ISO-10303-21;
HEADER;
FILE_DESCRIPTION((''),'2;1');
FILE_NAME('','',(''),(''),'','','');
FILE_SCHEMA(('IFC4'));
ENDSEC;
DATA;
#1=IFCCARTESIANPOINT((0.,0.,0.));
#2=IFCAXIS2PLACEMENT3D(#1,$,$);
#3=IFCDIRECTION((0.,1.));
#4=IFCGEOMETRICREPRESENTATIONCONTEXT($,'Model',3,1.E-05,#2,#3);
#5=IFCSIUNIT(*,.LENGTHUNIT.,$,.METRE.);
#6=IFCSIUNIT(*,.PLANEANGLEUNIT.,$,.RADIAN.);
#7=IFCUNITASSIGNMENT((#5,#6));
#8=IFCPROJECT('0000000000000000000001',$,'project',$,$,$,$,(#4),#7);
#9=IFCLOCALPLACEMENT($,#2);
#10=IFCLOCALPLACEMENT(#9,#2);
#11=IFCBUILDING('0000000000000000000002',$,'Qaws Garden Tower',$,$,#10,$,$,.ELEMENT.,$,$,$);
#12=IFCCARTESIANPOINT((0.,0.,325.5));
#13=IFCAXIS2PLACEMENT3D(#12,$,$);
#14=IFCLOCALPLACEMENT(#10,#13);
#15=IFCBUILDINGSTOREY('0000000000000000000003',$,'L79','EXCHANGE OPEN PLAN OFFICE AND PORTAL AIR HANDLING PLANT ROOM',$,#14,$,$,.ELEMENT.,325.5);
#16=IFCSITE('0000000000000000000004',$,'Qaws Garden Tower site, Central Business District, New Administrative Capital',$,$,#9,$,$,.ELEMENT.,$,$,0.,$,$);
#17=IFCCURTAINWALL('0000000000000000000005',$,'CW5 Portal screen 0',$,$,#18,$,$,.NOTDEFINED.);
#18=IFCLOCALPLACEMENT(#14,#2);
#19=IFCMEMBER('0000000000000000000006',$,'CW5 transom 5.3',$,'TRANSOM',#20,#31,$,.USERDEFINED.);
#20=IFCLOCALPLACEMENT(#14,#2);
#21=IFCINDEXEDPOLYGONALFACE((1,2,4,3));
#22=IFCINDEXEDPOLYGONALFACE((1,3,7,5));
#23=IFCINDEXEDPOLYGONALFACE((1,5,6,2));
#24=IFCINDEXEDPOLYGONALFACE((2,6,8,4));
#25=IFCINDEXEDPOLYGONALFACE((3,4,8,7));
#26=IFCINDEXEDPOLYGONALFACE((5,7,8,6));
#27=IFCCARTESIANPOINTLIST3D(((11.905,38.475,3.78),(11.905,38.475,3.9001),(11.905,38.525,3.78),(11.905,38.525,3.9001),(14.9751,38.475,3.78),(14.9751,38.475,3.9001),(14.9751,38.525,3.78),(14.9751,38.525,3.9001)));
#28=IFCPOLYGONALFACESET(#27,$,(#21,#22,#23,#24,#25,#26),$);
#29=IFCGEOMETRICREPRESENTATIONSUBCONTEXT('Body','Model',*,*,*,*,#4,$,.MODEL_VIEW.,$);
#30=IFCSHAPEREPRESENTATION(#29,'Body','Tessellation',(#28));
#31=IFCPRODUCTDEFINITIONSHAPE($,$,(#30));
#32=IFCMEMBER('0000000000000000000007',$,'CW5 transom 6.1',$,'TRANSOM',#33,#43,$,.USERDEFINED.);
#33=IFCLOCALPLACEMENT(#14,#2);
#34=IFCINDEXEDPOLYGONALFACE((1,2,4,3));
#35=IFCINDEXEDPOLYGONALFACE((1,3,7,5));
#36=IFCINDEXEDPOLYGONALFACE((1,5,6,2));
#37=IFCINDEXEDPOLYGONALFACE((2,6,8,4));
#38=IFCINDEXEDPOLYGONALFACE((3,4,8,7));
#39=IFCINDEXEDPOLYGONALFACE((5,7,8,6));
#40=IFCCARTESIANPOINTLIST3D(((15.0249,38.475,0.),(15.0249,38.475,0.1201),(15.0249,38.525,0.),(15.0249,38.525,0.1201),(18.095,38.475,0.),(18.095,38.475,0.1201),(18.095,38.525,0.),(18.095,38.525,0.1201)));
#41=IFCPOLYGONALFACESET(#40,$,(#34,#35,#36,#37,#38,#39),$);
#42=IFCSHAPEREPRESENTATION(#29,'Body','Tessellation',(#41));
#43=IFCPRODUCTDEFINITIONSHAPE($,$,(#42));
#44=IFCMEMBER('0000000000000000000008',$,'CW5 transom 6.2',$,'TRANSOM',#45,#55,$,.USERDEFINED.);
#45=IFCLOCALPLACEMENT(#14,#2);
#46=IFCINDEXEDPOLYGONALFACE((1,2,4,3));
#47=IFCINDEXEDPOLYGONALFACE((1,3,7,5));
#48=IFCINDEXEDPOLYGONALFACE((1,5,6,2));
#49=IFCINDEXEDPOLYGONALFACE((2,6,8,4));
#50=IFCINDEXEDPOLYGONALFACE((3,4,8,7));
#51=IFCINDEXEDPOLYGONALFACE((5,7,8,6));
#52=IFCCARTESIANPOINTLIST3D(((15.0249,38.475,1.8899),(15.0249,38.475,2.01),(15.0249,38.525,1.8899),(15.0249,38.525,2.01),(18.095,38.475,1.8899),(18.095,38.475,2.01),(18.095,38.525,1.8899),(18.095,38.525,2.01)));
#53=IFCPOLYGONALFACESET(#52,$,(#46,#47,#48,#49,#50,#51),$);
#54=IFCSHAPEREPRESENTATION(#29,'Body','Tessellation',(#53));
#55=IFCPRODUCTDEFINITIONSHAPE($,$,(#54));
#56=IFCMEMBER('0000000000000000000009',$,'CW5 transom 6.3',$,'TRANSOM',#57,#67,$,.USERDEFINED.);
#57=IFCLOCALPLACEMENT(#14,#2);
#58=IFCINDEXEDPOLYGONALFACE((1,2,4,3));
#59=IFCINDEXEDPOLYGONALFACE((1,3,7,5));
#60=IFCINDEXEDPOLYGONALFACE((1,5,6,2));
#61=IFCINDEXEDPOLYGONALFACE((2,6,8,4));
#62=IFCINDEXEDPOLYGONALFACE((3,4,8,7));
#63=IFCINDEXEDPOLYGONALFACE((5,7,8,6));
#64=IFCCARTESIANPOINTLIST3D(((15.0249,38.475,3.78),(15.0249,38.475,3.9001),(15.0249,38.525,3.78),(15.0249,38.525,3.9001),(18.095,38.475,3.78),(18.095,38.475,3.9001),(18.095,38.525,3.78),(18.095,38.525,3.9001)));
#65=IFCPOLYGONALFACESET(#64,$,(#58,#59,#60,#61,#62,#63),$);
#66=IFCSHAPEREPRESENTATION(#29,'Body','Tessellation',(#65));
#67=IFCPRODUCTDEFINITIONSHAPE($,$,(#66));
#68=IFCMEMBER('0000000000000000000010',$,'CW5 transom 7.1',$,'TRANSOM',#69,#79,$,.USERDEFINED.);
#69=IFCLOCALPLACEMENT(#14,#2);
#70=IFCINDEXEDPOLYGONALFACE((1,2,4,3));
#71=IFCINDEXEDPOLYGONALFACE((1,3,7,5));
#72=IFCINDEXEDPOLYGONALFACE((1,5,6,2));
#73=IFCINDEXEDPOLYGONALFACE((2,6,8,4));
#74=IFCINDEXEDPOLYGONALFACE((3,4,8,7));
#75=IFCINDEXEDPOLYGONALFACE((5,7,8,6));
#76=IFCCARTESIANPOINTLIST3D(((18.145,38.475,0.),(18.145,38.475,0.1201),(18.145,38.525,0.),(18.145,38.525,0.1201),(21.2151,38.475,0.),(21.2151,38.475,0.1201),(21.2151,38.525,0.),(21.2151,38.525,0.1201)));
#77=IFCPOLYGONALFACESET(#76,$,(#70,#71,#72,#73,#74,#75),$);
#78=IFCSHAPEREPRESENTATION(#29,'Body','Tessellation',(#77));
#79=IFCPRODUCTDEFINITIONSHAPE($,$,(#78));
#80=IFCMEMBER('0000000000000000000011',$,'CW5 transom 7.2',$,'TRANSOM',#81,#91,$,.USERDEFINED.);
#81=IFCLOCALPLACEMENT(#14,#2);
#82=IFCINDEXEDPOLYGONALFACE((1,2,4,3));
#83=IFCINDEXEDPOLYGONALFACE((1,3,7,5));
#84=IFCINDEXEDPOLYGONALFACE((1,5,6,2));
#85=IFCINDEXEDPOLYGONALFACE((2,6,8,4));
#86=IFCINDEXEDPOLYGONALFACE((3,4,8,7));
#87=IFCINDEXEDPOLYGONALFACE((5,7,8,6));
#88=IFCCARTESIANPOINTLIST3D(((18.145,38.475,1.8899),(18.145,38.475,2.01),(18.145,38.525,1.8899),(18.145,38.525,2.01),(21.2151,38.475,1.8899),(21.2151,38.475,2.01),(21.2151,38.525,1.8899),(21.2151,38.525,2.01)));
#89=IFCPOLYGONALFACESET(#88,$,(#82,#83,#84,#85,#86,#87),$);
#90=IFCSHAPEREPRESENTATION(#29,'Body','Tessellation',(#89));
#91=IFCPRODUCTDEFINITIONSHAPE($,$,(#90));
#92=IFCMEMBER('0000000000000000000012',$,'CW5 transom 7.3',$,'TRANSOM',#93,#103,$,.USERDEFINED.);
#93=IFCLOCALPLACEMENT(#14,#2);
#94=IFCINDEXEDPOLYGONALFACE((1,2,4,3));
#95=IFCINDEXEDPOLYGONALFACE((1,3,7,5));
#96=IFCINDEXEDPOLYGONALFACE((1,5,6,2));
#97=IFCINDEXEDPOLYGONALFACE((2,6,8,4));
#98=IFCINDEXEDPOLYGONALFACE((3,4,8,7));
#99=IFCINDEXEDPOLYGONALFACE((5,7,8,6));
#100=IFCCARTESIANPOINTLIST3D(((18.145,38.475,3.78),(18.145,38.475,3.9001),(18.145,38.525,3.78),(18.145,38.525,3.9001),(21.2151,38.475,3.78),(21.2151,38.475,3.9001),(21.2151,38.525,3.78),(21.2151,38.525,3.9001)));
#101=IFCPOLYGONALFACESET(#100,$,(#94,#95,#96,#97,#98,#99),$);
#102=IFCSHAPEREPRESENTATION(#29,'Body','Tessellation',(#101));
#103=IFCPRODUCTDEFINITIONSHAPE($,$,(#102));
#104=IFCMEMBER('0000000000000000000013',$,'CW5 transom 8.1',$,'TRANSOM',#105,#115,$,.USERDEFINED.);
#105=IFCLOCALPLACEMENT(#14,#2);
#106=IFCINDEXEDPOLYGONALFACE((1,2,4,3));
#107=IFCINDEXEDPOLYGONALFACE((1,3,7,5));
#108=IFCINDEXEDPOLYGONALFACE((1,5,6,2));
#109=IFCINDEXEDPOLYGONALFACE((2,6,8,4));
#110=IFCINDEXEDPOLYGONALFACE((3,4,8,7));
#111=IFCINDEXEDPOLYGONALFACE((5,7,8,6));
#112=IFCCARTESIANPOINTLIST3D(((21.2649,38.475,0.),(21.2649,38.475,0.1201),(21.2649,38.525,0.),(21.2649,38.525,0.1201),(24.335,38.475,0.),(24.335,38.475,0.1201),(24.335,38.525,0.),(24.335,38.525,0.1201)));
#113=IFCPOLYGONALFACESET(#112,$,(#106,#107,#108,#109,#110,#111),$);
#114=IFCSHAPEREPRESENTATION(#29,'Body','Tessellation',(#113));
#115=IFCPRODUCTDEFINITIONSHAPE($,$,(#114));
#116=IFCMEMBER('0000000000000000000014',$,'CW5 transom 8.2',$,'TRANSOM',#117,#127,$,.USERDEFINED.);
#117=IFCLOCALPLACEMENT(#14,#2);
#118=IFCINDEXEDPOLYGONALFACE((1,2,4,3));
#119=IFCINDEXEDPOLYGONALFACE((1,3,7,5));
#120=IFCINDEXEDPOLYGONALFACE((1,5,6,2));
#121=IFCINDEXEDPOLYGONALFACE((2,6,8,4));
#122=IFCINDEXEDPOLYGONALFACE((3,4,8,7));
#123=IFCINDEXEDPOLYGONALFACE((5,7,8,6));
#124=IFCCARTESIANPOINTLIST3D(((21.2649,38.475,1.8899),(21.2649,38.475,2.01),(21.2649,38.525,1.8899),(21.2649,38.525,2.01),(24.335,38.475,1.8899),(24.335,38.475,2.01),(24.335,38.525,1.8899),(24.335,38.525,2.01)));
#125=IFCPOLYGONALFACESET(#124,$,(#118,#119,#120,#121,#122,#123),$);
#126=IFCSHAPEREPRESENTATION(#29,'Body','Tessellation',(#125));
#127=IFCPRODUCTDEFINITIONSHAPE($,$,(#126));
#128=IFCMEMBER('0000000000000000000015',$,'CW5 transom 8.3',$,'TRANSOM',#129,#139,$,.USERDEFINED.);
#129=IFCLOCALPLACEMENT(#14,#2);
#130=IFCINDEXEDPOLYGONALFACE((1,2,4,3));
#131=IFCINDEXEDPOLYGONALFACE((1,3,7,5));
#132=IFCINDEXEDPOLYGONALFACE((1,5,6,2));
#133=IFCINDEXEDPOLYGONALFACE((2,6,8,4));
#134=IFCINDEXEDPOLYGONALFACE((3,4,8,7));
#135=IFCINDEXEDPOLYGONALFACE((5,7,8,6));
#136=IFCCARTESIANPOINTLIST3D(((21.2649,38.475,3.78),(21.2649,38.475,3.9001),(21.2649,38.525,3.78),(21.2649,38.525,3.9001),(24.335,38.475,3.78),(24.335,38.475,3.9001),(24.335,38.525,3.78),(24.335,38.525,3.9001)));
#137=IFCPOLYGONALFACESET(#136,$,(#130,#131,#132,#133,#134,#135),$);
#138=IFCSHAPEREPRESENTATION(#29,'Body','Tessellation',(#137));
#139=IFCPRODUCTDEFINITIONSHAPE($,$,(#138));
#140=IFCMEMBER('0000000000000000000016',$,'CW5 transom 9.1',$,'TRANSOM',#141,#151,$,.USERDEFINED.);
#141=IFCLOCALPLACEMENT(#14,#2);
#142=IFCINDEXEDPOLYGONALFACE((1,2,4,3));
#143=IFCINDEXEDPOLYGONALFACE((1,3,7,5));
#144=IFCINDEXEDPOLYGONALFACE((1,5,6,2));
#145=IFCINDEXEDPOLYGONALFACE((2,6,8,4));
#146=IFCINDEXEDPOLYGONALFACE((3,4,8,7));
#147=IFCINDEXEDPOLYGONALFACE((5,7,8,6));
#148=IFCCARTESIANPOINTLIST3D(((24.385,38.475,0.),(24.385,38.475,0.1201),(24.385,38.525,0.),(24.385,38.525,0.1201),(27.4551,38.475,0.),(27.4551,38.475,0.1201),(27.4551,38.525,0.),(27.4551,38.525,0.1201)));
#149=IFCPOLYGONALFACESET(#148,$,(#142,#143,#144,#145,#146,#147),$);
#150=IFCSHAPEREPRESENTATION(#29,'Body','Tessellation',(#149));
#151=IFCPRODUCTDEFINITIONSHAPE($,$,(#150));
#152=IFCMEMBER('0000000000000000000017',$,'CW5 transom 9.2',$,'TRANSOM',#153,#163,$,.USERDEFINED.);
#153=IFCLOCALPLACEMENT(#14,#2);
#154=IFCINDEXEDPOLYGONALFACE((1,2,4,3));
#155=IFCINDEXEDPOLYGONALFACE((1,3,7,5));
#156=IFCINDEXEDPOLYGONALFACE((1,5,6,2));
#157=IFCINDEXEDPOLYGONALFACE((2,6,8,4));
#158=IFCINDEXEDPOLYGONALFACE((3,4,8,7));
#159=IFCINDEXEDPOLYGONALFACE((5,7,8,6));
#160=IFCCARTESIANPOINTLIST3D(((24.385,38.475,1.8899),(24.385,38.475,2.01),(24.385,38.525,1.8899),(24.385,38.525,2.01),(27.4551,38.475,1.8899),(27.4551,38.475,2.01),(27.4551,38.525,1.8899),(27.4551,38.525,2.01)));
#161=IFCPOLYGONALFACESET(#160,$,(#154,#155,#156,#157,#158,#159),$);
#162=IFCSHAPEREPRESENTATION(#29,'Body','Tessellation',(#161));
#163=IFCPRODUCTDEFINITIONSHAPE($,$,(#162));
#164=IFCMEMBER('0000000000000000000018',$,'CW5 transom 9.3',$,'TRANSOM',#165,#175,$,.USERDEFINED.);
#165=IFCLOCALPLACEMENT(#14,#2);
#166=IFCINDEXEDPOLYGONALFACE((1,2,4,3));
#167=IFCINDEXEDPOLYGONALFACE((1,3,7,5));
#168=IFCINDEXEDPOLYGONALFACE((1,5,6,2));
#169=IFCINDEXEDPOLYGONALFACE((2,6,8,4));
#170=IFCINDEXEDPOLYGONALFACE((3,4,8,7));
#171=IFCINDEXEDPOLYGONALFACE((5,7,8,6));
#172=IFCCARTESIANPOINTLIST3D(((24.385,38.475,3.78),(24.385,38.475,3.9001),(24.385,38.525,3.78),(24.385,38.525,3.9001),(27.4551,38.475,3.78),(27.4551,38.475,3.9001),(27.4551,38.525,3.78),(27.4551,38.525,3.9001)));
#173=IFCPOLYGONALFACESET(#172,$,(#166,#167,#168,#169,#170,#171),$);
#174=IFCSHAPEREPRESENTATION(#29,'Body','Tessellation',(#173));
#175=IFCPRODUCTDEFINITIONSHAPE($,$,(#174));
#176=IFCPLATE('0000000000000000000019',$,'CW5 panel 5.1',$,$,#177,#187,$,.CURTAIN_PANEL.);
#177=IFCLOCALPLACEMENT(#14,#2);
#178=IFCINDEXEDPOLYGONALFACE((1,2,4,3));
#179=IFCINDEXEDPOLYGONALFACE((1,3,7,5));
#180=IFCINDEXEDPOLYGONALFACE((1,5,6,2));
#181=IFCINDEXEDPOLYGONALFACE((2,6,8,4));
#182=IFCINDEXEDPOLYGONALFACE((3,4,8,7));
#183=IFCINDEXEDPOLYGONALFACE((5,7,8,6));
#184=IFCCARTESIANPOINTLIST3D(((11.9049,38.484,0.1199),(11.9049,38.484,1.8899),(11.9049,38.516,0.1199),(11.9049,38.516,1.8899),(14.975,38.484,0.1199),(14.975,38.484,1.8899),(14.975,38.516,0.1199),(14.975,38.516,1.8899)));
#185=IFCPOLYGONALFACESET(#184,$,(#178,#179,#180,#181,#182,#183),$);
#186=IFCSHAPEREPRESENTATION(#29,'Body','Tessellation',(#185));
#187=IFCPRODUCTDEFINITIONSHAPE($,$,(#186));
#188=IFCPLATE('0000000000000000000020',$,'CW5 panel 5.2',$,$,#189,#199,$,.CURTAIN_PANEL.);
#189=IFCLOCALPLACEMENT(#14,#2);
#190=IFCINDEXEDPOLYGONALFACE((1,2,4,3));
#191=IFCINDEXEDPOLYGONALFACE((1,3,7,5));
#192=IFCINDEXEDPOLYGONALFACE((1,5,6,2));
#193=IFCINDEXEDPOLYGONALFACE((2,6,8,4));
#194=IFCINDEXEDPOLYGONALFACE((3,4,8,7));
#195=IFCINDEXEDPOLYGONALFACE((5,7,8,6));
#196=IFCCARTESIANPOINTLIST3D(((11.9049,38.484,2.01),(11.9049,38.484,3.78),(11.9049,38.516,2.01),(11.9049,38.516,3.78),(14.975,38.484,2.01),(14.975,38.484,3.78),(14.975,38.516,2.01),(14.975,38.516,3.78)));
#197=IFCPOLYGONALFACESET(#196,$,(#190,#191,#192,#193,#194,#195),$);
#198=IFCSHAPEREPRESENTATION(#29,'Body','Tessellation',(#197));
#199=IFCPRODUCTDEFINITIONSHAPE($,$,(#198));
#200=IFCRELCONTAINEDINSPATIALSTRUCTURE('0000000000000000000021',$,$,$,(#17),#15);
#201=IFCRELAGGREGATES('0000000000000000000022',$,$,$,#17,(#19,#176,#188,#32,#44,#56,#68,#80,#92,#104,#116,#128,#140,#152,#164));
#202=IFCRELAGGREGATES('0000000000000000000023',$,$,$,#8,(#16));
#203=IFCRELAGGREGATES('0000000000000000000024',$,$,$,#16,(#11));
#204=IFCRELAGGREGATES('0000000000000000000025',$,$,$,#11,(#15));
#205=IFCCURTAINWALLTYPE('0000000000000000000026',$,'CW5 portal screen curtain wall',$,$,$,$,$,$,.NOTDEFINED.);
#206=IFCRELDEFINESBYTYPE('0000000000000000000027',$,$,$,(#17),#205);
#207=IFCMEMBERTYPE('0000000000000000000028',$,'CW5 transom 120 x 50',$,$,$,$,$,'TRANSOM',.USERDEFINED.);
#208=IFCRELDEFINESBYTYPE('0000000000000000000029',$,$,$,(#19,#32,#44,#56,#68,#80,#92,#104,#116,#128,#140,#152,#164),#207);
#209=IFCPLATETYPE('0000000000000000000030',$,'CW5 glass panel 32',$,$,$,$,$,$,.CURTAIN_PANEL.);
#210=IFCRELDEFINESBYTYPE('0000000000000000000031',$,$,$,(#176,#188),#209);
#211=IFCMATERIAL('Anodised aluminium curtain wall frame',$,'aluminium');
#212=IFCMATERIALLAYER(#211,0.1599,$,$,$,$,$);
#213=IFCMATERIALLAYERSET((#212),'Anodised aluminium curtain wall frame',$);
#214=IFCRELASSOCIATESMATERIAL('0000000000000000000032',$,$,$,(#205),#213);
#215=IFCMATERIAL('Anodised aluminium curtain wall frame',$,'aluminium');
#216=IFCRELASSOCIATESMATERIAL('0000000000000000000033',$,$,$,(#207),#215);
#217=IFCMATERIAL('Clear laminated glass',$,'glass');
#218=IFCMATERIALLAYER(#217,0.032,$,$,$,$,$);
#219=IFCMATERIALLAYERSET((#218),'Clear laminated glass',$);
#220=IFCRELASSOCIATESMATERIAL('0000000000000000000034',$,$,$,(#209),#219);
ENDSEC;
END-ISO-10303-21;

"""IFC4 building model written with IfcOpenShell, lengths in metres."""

from ifc_helpers import new_model, si_unit, direction, frame, origin, origin_2d, place, context, subcontext, project, spatial, rectangle, extrude, material, layer, layer_set, material_profile, profile_set, type_object, element, aggregate, save


model = new_model("IFC4")

# Units and contexts
model_context = context("Model", 3, precision=1e-05, world=origin(), true_north=direction((0.0, 1.0)))
body_context = subcontext(model_context, "Body", "Model", "MODEL_VIEW")
ifc_project = project(units=[si_unit("LENGTHUNIT", "METRE"), si_unit("PLANEANGLEUNIT", "RADIAN")], contexts=[model_context])

# Site, building, storey
site_placement = place(None, origin())
site = spatial("IfcSite", under=ifc_project, at=site_placement, Name="Qaws Garden Tower site, Central Business District, New Administrative Capital", CompositionType="ELEMENT", RefElevation=0.0)
building_placement = place(site_placement, origin())
building = spatial("IfcBuilding", under=site, at=building_placement, Name="Qaws Garden Tower", CompositionType="ELEMENT")
storey_placement = place(building_placement, frame((0.0, 0.0, 325.5)))
storey = spatial("IfcBuildingStorey", under=building, at=storey_placement, Name="L79", Description="EXCHANGE OPEN PLAN OFFICE AND PORTAL AIR HANDLING PLANT ROOM", CompositionType="ELEMENT", Elevation=325.5)

# Curtain wall, members, plates
ifc_material_1 = material(Name="Anodised aluminium curtain wall frame", Category="aluminium")
ifc_layer_1 = layer(ifc_material_1, 0.1599)
ifc_layer_set_1 = layer_set([ifc_layer_1], Name="Anodised aluminium curtain wall frame")
curtain_wall_type = type_object("IfcCurtainWallType", Name="CW5 portal screen curtain wall", PredefinedType="NOTDEFINED", material=ifc_layer_set_1)
curtain_wall_placement = place(storey_placement, origin())
curtain_wall = element("IfcCurtainWall", 1, at=curtain_wall_placement, inside=storey, type_object=curtain_wall_type, Name="CW5 Portal screen 0", PredefinedType="NOTDEFINED")
ifc_material_2 = material(Name="Anodised aluminium curtain wall frame", Category="aluminium")
ifc_material_profile = material_profile(ifc_material_2, rectangle(XDim=0.05, YDim=0.1201, at=origin_2d()), Name="AL 50x120")
ifc_profile_set = profile_set([ifc_material_profile], Name="Anodised aluminium curtain wall frame")
member_type = type_object("IfcMemberType", Name="CW5 transom 120 x 50", ElementType="TRANSOM", PredefinedType="USERDEFINED", material=ifc_profile_set)
member_1_placement = place(storey_placement, frame((11.905, 38.5, 3.8401), z_axis=(1.0, 0.0, 0.0), x_axis=(0.0, 1.0, 0.0)))
member_1 = element("IfcMember", 2, at=member_1_placement, type_object=member_type, Name="CW5 transom 5.3", ObjectType="TRANSOM", PredefinedType="USERDEFINED", context=body_context, shape_type="SweptSolid", body=[
    extrude(rectangle(XDim=0.05, YDim=0.1201, at=origin_2d()), origin(), (0.0, 0.0, 1.0), 3.0701),
])
member_2_placement = place(storey_placement, frame((15.0249, 38.5, 0.0601), z_axis=(1.0, 0.0, 0.0), x_axis=(0.0, 1.0, 0.0)))
member_2 = element("IfcMember", 3, at=member_2_placement, type_object=member_type, Name="CW5 transom 6.1", ObjectType="TRANSOM", PredefinedType="USERDEFINED", context=body_context, shape_type="SweptSolid", body=[
    extrude(rectangle(XDim=0.05, YDim=0.1201, at=origin_2d()), origin(), (0.0, 0.0, 1.0), 3.0701),
])
member_3_placement = place(storey_placement, frame((15.0249, 38.5, 1.95), z_axis=(1.0, 0.0, 0.0), x_axis=(0.0, 1.0, 0.0)))
member_3 = element("IfcMember", 4, at=member_3_placement, type_object=member_type, Name="CW5 transom 6.2", ObjectType="TRANSOM", PredefinedType="USERDEFINED", context=body_context, shape_type="SweptSolid", body=[
    extrude(rectangle(XDim=0.05, YDim=0.1201, at=origin_2d()), origin(), (0.0, 0.0, 1.0), 3.0701),
])
member_4_placement = place(storey_placement, frame((15.0249, 38.5, 3.8401), z_axis=(1.0, 0.0, 0.0), x_axis=(0.0, 1.0, 0.0)))
member_4 = element("IfcMember", 5, at=member_4_placement, type_object=member_type, Name="CW5 transom 6.3", ObjectType="TRANSOM", PredefinedType="USERDEFINED", context=body_context, shape_type="SweptSolid", body=[
    extrude(rectangle(XDim=0.05, YDim=0.1201, at=origin_2d()), origin(), (0.0, 0.0, 1.0), 3.0701),
])
member_5_placement = place(storey_placement, frame((18.145, 38.5, 0.0601), z_axis=(1.0, 0.0, 0.0), x_axis=(0.0, 1.0, 0.0)))
member_5 = element("IfcMember", 6, at=member_5_placement, type_object=member_type, Name="CW5 transom 7.1", ObjectType="TRANSOM", PredefinedType="USERDEFINED", context=body_context, shape_type="SweptSolid", body=[
    extrude(rectangle(XDim=0.05, YDim=0.1201, at=origin_2d()), origin(), (0.0, 0.0, 1.0), 3.0701),
])
member_6_placement = place(storey_placement, frame((18.145, 38.5, 1.95), z_axis=(1.0, 0.0, 0.0), x_axis=(0.0, 1.0, 0.0)))
member_6 = element("IfcMember", 7, at=member_6_placement, type_object=member_type, Name="CW5 transom 7.2", ObjectType="TRANSOM", PredefinedType="USERDEFINED", context=body_context, shape_type="SweptSolid", body=[
    extrude(rectangle(XDim=0.05, YDim=0.1201, at=origin_2d()), origin(), (0.0, 0.0, 1.0), 3.0701),
])
member_7_placement = place(storey_placement, frame((18.145, 38.5, 3.8401), z_axis=(1.0, 0.0, 0.0), x_axis=(0.0, 1.0, 0.0)))
member_7 = element("IfcMember", 8, at=member_7_placement, type_object=member_type, Name="CW5 transom 7.3", ObjectType="TRANSOM", PredefinedType="USERDEFINED", context=body_context, shape_type="SweptSolid", body=[
    extrude(rectangle(XDim=0.05, YDim=0.1201, at=origin_2d()), origin(), (0.0, 0.0, 1.0), 3.0701),
])
member_8_placement = place(storey_placement, frame((21.2649, 38.5, 0.0601), z_axis=(1.0, 0.0, 0.0), x_axis=(0.0, 1.0, 0.0)))
member_8 = element("IfcMember", 9, at=member_8_placement, type_object=member_type, Name="CW5 transom 8.1", ObjectType="TRANSOM", PredefinedType="USERDEFINED", context=body_context, shape_type="SweptSolid", body=[
    extrude(rectangle(XDim=0.05, YDim=0.1201, at=origin_2d()), origin(), (0.0, 0.0, 1.0), 3.0701),
])
member_9_placement = place(storey_placement, frame((21.2649, 38.5, 1.95), z_axis=(1.0, 0.0, 0.0), x_axis=(0.0, 1.0, 0.0)))
member_9 = element("IfcMember", 10, at=member_9_placement, type_object=member_type, Name="CW5 transom 8.2", ObjectType="TRANSOM", PredefinedType="USERDEFINED", context=body_context, shape_type="SweptSolid", body=[
    extrude(rectangle(XDim=0.05, YDim=0.1201, at=origin_2d()), origin(), (0.0, 0.0, 1.0), 3.0701),
])
member_10_placement = place(storey_placement, frame((21.2649, 38.5, 3.8401), z_axis=(1.0, 0.0, 0.0), x_axis=(0.0, 1.0, 0.0)))
member_10 = element("IfcMember", 11, at=member_10_placement, type_object=member_type, Name="CW5 transom 8.3", ObjectType="TRANSOM", PredefinedType="USERDEFINED", context=body_context, shape_type="SweptSolid", body=[
    extrude(rectangle(XDim=0.05, YDim=0.1201, at=origin_2d()), origin(), (0.0, 0.0, 1.0), 3.0701),
])
member_11_placement = place(storey_placement, frame((24.385, 38.5, 0.0601), z_axis=(1.0, 0.0, 0.0), x_axis=(0.0, 1.0, 0.0)))
member_11 = element("IfcMember", 12, at=member_11_placement, type_object=member_type, Name="CW5 transom 9.1", ObjectType="TRANSOM", PredefinedType="USERDEFINED", context=body_context, shape_type="SweptSolid", body=[
    extrude(rectangle(XDim=0.05, YDim=0.1201, at=origin_2d()), origin(), (0.0, 0.0, 1.0), 3.0701),
])
member_12_placement = place(storey_placement, frame((24.385, 38.5, 1.95), z_axis=(1.0, 0.0, 0.0), x_axis=(0.0, 1.0, 0.0)))
member_12 = element("IfcMember", 13, at=member_12_placement, type_object=member_type, Name="CW5 transom 9.2", ObjectType="TRANSOM", PredefinedType="USERDEFINED", context=body_context, shape_type="SweptSolid", body=[
    extrude(rectangle(XDim=0.05, YDim=0.1201, at=origin_2d()), origin(), (0.0, 0.0, 1.0), 3.0701),
])
member_13_placement = place(storey_placement, frame((24.385, 38.5, 3.8401), z_axis=(1.0, 0.0, 0.0), x_axis=(0.0, 1.0, 0.0)))
member_13 = element("IfcMember", 14, at=member_13_placement, type_object=member_type, Name="CW5 transom 9.3", ObjectType="TRANSOM", PredefinedType="USERDEFINED", context=body_context, shape_type="SweptSolid", body=[
    extrude(rectangle(XDim=0.05, YDim=0.1201, at=origin_2d()), origin(), (0.0, 0.0, 1.0), 3.0701),
])
ifc_material_3 = material(Name="Clear laminated glass", Category="glass")
ifc_layer_2 = layer(ifc_material_3, 0.032)
ifc_layer_set_2 = layer_set([ifc_layer_2], Name="Clear laminated glass")
plate_type = type_object("IfcPlateType", Name="CW5 glass panel 32", PredefinedType="CURTAIN_PANEL", material=ifc_layer_set_2)
plate_1_placement = place(storey_placement, frame((13.4399, 38.5, 0.1199), z_axis=(0.0, 0.0, 1.0), x_axis=(1.0, 0.0, 0.0)))
plate_1 = element("IfcPlate", 15, at=plate_1_placement, type_object=plate_type, Name="CW5 panel 5.1", PredefinedType="CURTAIN_PANEL", context=body_context, shape_type="SweptSolid", body=[
    extrude(rectangle(XDim=3.0701, YDim=0.032, at=origin_2d()), origin(), (0.0, 0.0, 1.0), 1.77),
])
plate_2_placement = place(storey_placement, frame((13.4399, 38.5, 2.01), z_axis=(0.0, 0.0, 1.0), x_axis=(1.0, 0.0, 0.0)))
plate_2 = element("IfcPlate", 16, at=plate_2_placement, type_object=plate_type, Name="CW5 panel 5.2", PredefinedType="CURTAIN_PANEL", context=body_context, shape_type="SweptSolid", body=[
    extrude(rectangle(XDim=3.0701, YDim=0.032, at=origin_2d()), origin(), (0.0, 0.0, 1.0), 1.77),
])
aggregate(curtain_wall, [member_1, plate_1, plate_2, member_2, member_3, member_4, member_5, member_6, member_7, member_8, member_9, member_10, member_11, member_12, member_13])

save(model, "model.ifc")
